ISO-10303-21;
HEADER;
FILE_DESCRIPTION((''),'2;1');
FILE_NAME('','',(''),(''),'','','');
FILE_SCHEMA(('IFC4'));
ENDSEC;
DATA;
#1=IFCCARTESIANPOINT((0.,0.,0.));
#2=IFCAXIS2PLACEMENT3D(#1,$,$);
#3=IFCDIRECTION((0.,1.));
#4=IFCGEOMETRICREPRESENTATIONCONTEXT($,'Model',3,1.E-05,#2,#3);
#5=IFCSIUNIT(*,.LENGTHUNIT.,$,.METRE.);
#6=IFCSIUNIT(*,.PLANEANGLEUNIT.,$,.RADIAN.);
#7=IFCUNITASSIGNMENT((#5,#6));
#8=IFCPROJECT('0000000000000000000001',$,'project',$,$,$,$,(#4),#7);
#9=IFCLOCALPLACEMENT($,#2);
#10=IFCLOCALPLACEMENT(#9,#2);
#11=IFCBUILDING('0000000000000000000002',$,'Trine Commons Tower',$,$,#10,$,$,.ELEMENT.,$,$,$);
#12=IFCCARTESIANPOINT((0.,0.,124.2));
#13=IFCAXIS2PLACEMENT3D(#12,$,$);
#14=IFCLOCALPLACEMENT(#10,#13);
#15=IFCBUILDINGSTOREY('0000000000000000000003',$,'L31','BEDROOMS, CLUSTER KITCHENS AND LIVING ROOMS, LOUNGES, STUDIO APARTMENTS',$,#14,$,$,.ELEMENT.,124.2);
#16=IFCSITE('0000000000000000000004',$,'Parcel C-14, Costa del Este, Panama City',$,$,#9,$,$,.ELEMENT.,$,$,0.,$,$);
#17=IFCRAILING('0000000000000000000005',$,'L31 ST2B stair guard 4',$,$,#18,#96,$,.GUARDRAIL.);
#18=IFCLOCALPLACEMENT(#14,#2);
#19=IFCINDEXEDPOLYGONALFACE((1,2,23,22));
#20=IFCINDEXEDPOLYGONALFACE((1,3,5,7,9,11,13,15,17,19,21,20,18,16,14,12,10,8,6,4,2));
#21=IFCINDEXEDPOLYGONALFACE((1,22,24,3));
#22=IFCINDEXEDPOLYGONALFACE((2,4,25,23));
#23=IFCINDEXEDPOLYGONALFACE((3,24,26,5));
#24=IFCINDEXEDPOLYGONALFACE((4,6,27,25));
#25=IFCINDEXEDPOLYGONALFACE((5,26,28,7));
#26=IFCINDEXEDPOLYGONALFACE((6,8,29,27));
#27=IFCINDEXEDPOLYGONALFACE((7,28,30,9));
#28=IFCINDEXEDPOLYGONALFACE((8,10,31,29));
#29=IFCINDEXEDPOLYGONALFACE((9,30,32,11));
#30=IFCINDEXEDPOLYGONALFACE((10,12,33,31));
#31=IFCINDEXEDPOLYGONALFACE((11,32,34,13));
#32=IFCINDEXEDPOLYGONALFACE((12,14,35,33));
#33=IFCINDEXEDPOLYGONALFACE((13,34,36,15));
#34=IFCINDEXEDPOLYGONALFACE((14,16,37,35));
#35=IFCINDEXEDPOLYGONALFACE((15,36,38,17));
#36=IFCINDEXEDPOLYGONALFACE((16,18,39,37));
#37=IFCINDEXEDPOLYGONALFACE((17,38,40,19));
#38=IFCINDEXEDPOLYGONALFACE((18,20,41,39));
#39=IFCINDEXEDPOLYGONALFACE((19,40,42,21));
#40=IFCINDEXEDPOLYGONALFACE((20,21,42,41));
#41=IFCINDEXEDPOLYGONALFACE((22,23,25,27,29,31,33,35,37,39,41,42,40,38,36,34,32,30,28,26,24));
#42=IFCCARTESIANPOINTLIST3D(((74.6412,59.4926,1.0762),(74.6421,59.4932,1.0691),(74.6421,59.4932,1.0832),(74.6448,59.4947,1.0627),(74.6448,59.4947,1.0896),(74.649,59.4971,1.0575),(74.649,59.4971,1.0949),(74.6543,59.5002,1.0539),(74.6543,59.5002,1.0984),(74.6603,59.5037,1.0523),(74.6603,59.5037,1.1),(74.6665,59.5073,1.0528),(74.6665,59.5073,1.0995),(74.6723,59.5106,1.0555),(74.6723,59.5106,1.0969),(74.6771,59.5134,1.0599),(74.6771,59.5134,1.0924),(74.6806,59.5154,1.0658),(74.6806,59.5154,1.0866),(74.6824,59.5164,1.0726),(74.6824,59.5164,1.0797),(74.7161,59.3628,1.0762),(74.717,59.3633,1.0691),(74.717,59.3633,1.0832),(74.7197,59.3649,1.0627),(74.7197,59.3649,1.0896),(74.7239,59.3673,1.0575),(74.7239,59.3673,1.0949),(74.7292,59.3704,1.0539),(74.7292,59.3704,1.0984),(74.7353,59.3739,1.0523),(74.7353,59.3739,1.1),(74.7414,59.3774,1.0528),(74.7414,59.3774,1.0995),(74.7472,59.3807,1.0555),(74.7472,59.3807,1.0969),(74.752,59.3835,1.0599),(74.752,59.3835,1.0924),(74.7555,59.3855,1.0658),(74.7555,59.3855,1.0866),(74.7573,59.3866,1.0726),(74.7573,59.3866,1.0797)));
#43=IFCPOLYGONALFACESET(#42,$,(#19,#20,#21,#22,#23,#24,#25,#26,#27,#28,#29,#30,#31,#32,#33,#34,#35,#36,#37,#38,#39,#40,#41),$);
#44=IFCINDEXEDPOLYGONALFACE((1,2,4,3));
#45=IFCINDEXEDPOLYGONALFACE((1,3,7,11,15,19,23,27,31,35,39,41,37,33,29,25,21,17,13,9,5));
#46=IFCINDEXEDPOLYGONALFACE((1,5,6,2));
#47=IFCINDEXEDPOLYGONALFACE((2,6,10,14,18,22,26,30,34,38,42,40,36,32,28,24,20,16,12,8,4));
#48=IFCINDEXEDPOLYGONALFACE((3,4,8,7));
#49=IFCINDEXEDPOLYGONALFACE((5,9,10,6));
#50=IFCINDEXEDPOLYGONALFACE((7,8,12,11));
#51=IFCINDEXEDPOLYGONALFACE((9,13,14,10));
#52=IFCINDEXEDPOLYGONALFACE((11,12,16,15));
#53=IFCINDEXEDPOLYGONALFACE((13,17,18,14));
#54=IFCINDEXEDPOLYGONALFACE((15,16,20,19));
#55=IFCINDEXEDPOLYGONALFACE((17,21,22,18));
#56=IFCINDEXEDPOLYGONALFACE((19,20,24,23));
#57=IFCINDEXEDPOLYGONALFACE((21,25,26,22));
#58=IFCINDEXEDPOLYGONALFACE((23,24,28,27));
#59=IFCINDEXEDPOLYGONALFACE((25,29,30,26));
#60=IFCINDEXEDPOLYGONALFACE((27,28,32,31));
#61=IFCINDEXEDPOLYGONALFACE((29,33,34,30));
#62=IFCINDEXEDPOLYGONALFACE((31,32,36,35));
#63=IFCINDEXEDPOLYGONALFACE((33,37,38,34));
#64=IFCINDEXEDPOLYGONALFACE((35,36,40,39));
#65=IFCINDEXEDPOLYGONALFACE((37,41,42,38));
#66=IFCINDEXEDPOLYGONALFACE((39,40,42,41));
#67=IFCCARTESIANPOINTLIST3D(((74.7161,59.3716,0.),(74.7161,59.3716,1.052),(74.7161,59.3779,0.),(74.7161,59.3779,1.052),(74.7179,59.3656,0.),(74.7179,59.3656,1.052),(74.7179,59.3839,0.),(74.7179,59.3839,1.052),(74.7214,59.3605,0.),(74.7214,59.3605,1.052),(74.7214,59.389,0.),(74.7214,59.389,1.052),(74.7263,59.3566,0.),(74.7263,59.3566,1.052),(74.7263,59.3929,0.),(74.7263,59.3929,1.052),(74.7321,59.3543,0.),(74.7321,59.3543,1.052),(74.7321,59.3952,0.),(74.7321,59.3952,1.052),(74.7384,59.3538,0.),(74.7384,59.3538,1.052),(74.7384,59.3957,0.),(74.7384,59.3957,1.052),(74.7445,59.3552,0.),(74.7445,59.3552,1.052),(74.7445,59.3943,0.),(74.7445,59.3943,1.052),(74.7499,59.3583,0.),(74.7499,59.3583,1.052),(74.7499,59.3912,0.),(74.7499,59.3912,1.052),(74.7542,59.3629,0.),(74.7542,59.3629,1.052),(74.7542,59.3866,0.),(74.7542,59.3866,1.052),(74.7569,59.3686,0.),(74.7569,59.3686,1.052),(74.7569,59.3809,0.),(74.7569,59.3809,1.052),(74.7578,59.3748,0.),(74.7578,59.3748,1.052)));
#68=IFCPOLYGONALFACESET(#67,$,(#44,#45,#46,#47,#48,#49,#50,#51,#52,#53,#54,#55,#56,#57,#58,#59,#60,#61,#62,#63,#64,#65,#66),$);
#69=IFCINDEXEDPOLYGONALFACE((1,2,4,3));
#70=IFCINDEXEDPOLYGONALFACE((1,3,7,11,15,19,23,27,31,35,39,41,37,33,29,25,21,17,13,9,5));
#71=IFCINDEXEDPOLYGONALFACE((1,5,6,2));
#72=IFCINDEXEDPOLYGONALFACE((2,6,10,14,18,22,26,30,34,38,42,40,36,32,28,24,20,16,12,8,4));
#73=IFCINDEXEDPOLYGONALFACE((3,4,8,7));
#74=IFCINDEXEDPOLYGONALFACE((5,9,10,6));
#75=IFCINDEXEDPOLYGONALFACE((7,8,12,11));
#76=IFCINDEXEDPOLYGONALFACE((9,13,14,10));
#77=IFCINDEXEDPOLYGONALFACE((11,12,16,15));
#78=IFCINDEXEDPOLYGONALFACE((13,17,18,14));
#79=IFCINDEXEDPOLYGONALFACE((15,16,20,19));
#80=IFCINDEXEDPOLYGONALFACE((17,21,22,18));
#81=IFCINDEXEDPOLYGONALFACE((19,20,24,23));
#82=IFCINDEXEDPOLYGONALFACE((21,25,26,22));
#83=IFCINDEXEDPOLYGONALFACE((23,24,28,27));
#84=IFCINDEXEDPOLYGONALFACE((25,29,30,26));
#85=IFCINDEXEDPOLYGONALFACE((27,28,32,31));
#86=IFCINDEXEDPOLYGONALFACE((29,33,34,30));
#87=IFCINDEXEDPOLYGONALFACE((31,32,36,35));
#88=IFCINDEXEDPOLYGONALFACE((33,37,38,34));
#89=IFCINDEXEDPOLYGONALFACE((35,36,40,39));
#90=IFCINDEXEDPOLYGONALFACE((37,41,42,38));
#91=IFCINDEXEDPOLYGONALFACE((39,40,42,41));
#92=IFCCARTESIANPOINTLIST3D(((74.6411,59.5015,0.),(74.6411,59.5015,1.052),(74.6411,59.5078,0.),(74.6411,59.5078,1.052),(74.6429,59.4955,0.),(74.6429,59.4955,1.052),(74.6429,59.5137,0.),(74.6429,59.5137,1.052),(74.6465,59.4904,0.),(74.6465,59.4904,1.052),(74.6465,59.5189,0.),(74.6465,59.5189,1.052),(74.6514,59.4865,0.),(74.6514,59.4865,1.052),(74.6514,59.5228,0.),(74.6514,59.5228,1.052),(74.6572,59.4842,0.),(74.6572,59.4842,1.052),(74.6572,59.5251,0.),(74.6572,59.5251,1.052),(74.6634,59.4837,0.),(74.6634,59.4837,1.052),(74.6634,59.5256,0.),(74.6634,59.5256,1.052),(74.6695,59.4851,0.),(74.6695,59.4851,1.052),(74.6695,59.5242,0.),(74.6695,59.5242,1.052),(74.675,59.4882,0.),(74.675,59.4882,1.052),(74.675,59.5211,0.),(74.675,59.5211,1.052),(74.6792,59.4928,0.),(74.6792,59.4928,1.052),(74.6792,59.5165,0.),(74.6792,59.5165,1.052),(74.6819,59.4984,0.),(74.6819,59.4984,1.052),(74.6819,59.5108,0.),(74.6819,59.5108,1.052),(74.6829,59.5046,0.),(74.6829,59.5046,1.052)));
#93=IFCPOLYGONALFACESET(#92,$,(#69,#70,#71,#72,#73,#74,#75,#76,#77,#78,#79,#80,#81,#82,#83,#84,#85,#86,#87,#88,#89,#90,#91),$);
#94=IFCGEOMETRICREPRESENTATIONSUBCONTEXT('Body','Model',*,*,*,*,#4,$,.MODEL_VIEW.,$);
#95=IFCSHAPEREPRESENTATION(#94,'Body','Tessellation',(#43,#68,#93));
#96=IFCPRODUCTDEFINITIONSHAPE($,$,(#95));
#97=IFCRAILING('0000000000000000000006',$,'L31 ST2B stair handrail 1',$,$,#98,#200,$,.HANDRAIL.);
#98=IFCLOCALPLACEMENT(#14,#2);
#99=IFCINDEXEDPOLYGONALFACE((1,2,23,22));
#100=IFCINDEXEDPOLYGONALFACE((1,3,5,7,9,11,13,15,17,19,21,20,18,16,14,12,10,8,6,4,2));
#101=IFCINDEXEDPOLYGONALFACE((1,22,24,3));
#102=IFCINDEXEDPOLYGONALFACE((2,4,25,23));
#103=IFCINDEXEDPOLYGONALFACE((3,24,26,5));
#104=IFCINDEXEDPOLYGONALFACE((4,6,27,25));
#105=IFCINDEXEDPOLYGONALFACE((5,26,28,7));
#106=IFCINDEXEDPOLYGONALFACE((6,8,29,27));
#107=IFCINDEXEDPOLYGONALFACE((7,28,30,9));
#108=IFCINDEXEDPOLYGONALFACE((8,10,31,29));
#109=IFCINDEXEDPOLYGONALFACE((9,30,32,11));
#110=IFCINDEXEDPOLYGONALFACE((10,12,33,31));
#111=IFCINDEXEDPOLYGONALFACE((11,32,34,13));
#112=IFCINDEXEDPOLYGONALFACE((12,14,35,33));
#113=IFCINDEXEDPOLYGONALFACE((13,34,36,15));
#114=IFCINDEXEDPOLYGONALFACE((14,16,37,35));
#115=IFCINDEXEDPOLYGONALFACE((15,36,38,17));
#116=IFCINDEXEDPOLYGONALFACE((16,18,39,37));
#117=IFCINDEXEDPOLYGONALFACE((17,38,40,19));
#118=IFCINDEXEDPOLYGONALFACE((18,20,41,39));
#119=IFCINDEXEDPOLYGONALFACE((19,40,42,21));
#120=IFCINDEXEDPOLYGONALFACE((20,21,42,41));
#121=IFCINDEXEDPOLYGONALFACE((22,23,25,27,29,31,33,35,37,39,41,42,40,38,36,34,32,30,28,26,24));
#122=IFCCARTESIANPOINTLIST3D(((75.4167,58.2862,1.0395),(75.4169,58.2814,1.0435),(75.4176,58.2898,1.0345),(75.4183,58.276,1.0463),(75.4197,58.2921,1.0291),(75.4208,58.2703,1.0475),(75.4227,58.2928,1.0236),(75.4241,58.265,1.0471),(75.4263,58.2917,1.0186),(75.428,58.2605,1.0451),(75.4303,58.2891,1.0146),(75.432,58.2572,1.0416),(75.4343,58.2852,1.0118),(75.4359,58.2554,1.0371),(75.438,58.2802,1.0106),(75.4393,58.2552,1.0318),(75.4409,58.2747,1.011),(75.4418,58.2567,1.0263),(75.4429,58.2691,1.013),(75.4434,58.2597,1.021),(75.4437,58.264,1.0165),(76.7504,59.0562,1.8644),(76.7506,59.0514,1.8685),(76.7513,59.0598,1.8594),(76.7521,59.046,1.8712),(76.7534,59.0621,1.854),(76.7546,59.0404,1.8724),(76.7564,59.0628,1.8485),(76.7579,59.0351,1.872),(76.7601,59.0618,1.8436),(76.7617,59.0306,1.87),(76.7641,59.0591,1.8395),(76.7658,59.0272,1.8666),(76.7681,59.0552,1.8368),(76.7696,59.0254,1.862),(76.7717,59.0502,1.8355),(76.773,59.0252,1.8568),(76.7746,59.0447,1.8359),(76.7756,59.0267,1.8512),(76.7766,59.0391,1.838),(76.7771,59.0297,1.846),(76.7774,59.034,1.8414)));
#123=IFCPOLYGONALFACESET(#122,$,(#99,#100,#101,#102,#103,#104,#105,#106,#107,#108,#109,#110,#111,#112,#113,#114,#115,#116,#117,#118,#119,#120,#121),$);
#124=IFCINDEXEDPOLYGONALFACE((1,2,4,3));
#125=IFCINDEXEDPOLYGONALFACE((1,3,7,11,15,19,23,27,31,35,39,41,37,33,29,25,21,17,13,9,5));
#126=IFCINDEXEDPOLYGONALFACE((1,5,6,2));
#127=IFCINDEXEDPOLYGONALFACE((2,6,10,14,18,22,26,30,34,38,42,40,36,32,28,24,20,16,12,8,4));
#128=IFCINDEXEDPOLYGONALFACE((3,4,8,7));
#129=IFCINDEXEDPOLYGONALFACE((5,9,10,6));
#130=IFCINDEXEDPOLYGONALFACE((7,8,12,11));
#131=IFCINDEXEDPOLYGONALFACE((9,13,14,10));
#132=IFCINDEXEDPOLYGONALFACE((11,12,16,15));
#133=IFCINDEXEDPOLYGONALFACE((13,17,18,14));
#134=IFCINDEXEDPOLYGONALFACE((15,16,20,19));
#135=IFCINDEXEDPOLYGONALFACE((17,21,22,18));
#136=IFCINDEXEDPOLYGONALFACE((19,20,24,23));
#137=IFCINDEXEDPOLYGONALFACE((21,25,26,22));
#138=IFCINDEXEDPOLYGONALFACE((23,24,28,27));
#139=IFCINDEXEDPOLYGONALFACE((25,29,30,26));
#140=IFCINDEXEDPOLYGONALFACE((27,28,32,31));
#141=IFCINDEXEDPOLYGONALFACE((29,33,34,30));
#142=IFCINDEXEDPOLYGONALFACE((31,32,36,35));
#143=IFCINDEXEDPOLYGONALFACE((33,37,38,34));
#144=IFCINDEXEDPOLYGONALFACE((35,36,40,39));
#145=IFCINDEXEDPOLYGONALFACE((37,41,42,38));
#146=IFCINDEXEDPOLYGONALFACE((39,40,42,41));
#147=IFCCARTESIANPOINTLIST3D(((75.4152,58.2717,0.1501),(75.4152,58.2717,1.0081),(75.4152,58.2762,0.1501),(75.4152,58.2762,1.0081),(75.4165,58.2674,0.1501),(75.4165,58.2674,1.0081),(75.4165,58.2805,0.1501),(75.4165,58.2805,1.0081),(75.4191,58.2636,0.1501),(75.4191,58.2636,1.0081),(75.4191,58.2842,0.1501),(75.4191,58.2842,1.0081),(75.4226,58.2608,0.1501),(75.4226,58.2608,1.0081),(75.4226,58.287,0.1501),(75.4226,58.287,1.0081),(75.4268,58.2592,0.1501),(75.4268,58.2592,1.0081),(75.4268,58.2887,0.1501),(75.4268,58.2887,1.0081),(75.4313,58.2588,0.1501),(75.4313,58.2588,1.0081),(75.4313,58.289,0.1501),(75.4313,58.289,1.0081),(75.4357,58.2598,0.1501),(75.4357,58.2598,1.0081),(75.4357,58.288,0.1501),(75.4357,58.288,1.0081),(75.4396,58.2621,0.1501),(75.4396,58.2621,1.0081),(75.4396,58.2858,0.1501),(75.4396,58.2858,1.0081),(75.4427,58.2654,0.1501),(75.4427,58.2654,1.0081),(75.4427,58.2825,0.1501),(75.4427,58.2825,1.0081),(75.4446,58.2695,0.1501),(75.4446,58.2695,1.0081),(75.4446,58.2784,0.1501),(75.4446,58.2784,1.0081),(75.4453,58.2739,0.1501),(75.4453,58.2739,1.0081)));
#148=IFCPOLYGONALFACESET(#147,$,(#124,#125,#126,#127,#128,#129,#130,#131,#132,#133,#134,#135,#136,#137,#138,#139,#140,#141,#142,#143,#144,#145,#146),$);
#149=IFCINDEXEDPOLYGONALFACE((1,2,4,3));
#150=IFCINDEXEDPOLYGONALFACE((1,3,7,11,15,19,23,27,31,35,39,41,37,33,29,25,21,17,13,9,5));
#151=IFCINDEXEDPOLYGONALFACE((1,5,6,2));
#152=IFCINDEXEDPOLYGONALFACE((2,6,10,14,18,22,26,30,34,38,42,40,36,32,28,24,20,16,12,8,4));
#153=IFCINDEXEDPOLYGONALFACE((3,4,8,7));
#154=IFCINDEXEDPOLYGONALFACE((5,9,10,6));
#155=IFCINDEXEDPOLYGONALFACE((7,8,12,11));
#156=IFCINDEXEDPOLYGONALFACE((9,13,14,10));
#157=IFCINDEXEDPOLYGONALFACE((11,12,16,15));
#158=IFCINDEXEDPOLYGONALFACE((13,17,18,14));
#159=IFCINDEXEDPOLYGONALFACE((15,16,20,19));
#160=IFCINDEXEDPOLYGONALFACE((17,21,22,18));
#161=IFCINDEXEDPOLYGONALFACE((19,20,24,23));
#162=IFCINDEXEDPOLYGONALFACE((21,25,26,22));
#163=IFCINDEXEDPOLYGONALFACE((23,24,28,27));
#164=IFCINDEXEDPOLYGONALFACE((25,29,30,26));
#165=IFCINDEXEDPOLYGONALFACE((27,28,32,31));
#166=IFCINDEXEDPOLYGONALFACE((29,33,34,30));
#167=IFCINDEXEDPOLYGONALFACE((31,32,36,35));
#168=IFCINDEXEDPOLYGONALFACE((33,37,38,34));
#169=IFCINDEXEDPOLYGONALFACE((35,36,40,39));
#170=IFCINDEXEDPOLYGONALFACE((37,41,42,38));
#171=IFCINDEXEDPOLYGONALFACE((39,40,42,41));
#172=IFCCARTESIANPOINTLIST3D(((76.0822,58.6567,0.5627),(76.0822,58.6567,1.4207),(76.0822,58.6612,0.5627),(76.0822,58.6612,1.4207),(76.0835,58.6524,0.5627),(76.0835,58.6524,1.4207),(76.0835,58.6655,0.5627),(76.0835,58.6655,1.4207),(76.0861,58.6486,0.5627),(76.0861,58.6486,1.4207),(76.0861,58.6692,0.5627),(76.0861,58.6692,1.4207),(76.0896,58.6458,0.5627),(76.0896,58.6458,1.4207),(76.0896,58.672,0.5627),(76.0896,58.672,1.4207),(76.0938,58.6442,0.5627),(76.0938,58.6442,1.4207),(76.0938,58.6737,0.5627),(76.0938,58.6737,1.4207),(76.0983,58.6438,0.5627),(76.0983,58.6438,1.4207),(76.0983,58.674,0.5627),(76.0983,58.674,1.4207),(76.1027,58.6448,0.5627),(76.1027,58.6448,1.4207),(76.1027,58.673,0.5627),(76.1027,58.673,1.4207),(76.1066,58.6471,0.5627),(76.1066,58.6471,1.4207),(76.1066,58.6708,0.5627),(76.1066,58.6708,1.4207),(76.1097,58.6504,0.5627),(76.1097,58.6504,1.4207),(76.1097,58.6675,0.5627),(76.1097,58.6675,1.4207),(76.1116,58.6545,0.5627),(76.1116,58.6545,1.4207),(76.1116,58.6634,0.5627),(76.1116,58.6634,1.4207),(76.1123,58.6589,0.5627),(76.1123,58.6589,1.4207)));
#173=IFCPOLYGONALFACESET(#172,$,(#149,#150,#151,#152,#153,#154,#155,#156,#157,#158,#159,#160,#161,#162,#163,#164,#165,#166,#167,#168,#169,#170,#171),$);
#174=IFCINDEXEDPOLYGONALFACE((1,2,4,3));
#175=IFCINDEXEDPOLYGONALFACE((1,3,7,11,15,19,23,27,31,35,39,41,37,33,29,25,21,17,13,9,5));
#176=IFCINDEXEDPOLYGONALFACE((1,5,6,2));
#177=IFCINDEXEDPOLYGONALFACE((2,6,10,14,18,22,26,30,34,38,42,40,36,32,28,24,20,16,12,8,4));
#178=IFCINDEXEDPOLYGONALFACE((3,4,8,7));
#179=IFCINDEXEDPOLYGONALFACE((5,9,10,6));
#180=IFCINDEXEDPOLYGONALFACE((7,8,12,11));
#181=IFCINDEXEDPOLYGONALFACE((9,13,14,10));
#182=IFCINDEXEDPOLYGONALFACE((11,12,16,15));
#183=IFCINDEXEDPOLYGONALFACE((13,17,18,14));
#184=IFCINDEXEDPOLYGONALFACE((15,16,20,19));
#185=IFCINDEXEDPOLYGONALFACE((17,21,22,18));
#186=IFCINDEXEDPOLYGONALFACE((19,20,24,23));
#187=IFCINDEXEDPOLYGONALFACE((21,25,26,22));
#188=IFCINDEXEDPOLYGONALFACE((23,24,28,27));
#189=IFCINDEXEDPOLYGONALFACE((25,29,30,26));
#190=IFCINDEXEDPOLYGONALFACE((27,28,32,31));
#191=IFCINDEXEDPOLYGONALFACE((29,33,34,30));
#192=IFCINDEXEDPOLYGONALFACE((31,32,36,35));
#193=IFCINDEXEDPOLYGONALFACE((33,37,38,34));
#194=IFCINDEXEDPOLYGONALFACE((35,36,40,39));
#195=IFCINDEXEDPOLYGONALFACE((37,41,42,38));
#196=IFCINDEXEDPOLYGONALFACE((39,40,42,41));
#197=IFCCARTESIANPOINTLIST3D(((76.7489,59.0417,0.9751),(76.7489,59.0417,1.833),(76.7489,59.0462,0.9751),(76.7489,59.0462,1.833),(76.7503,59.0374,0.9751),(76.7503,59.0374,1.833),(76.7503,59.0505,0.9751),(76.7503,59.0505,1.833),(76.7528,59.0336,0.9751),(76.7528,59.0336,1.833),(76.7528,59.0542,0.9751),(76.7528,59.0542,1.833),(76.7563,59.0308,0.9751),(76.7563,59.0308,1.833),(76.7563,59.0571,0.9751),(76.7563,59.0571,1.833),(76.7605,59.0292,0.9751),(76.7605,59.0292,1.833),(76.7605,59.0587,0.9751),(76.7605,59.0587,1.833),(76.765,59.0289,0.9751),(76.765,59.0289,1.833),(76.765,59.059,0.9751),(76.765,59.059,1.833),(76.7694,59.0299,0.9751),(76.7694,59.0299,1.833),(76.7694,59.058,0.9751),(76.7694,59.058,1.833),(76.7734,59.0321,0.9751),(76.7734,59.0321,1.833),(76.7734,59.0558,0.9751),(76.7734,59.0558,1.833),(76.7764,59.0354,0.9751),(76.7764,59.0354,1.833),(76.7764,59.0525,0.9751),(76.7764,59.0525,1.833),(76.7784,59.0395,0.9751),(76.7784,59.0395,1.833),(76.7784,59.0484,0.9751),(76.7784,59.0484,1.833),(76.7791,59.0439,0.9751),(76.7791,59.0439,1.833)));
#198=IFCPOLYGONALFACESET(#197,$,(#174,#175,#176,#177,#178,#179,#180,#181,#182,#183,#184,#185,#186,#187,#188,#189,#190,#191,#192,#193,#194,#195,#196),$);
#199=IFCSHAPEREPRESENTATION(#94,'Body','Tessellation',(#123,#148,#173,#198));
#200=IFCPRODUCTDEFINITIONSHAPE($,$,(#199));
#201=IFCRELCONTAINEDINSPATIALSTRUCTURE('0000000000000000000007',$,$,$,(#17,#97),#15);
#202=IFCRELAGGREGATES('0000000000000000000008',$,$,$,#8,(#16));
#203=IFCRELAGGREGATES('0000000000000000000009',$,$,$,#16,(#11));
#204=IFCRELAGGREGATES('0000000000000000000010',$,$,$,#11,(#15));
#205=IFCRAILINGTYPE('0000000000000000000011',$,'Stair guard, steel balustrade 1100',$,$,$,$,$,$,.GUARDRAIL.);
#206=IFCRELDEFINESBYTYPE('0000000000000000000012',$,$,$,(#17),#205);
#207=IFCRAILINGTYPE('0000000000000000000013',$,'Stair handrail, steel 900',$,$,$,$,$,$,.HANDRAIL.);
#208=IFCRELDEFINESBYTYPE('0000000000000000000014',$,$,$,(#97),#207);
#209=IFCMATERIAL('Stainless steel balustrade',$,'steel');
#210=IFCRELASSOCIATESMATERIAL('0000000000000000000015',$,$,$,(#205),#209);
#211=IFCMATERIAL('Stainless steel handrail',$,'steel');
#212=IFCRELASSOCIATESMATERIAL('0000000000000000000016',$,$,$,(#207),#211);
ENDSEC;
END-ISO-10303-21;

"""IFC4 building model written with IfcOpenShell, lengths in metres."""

from ifc_helpers import new_model, si_unit, direction, frame, origin, origin_2d, place, context, subcontext, project, spatial, circle, extrude, material, type_object, element, save


model = new_model("IFC4")

# Units and contexts
model_context = context("Model", 3, precision=1e-05, world=origin(), true_north=direction((0.0, 1.0)))
body_context = subcontext(model_context, "Body", "Model", "MODEL_VIEW")
ifc_project = project(units=[si_unit("LENGTHUNIT", "METRE"), si_unit("PLANEANGLEUNIT", "RADIAN")], contexts=[model_context])

# Site, building, storey
site_placement = place(None, origin())
site = spatial("IfcSite", under=ifc_project, at=site_placement, Name="Parcel C-14, Costa del Este, Panama City", CompositionType="ELEMENT", RefElevation=0.0)
building_placement = place(site_placement, origin())
building = spatial("IfcBuilding", under=site, at=building_placement, Name="Trine Commons Tower", CompositionType="ELEMENT")
storey_placement = place(building_placement, frame((0.0, 0.0, 124.2)))
storey = spatial("IfcBuildingStorey", under=building, at=storey_placement, Name="L31", Description="BEDROOMS, CLUSTER KITCHENS AND LIVING ROOMS, LOUNGES, STUDIO APARTMENTS", CompositionType="ELEMENT", Elevation=124.2)

# Railings
ifc_material_1 = material(Name="Stainless steel balustrade", Category="steel")
railing_type_1 = type_object("IfcRailingType", Name="Stair guard, steel balustrade 1100", PredefinedType="GUARDRAIL", material=ifc_material_1)
railing_1_placement = place(storey_placement, frame((74.7368, 59.3748, 0.0)))
element("IfcRailing", 1, at=railing_1_placement, inside=storey, type_object=railing_type_1, Name="L31 ST2B stair guard 4", PredefinedType="GUARDRAIL", context=body_context, shape_type="SweptSolid", body=[
    extrude(circle(Radius=0.0239, at=origin_2d()), frame((0.0, 0.0, 1.0762), z_axis=(-0.499816, 0.866131, 0.0), x_axis=(-0.866131, -0.499816, 0.0)), (0.0, 0.0, 1.0), 0.1499),
    extrude(circle(Radius=0.021, at=origin_2d()), origin(), (0.0, 0.0, 1.0), 1.052),
    extrude(circle(Radius=0.021, at=origin_2d()), frame((-0.075, 0.1299, 0.0)), (0.0, 0.0, 1.0), 1.052),
])
ifc_material_2 = material(Name="Stainless steel handrail", Category="steel")
railing_type_2 = type_object("IfcRailingType", Name="Stair handrail, steel 900", PredefinedType="HANDRAIL", material=ifc_material_2)
railing_2_placement = place(storey_placement, frame((75.4302, 58.2739, 0.1501)))
element("IfcRailing", 2, at=railing_2_placement, inside=storey, type_object=railing_type_2, Name="L31 ST2B stair handrail 1", PredefinedType="HANDRAIL", context=body_context, shape_type="SweptSolid", body=[
    extrude(circle(Radius=0.021, at=origin_2d()), frame((0.0, 0.0, 0.8789), z_axis=(0.763405, 0.440743, 0.472185), x_axis=(-0.499992, 0.86603, 0.0)), (0.0, 0.0, 1.0), 1.7471),
    extrude(circle(Radius=0.0151, at=origin_2d()), origin(), (0.0, 0.0, 1.0), 0.8579),
    extrude(circle(Radius=0.0151, at=origin_2d()), frame((0.667, 0.385, 0.4126)), (0.0, 0.0, 1.0), 0.8579),
    extrude(circle(Radius=0.0151, at=origin_2d()), frame((1.3337, 0.77, 0.825)), (0.0, 0.0, 1.0), 0.8579),
])

save(model, "model.ifc")
